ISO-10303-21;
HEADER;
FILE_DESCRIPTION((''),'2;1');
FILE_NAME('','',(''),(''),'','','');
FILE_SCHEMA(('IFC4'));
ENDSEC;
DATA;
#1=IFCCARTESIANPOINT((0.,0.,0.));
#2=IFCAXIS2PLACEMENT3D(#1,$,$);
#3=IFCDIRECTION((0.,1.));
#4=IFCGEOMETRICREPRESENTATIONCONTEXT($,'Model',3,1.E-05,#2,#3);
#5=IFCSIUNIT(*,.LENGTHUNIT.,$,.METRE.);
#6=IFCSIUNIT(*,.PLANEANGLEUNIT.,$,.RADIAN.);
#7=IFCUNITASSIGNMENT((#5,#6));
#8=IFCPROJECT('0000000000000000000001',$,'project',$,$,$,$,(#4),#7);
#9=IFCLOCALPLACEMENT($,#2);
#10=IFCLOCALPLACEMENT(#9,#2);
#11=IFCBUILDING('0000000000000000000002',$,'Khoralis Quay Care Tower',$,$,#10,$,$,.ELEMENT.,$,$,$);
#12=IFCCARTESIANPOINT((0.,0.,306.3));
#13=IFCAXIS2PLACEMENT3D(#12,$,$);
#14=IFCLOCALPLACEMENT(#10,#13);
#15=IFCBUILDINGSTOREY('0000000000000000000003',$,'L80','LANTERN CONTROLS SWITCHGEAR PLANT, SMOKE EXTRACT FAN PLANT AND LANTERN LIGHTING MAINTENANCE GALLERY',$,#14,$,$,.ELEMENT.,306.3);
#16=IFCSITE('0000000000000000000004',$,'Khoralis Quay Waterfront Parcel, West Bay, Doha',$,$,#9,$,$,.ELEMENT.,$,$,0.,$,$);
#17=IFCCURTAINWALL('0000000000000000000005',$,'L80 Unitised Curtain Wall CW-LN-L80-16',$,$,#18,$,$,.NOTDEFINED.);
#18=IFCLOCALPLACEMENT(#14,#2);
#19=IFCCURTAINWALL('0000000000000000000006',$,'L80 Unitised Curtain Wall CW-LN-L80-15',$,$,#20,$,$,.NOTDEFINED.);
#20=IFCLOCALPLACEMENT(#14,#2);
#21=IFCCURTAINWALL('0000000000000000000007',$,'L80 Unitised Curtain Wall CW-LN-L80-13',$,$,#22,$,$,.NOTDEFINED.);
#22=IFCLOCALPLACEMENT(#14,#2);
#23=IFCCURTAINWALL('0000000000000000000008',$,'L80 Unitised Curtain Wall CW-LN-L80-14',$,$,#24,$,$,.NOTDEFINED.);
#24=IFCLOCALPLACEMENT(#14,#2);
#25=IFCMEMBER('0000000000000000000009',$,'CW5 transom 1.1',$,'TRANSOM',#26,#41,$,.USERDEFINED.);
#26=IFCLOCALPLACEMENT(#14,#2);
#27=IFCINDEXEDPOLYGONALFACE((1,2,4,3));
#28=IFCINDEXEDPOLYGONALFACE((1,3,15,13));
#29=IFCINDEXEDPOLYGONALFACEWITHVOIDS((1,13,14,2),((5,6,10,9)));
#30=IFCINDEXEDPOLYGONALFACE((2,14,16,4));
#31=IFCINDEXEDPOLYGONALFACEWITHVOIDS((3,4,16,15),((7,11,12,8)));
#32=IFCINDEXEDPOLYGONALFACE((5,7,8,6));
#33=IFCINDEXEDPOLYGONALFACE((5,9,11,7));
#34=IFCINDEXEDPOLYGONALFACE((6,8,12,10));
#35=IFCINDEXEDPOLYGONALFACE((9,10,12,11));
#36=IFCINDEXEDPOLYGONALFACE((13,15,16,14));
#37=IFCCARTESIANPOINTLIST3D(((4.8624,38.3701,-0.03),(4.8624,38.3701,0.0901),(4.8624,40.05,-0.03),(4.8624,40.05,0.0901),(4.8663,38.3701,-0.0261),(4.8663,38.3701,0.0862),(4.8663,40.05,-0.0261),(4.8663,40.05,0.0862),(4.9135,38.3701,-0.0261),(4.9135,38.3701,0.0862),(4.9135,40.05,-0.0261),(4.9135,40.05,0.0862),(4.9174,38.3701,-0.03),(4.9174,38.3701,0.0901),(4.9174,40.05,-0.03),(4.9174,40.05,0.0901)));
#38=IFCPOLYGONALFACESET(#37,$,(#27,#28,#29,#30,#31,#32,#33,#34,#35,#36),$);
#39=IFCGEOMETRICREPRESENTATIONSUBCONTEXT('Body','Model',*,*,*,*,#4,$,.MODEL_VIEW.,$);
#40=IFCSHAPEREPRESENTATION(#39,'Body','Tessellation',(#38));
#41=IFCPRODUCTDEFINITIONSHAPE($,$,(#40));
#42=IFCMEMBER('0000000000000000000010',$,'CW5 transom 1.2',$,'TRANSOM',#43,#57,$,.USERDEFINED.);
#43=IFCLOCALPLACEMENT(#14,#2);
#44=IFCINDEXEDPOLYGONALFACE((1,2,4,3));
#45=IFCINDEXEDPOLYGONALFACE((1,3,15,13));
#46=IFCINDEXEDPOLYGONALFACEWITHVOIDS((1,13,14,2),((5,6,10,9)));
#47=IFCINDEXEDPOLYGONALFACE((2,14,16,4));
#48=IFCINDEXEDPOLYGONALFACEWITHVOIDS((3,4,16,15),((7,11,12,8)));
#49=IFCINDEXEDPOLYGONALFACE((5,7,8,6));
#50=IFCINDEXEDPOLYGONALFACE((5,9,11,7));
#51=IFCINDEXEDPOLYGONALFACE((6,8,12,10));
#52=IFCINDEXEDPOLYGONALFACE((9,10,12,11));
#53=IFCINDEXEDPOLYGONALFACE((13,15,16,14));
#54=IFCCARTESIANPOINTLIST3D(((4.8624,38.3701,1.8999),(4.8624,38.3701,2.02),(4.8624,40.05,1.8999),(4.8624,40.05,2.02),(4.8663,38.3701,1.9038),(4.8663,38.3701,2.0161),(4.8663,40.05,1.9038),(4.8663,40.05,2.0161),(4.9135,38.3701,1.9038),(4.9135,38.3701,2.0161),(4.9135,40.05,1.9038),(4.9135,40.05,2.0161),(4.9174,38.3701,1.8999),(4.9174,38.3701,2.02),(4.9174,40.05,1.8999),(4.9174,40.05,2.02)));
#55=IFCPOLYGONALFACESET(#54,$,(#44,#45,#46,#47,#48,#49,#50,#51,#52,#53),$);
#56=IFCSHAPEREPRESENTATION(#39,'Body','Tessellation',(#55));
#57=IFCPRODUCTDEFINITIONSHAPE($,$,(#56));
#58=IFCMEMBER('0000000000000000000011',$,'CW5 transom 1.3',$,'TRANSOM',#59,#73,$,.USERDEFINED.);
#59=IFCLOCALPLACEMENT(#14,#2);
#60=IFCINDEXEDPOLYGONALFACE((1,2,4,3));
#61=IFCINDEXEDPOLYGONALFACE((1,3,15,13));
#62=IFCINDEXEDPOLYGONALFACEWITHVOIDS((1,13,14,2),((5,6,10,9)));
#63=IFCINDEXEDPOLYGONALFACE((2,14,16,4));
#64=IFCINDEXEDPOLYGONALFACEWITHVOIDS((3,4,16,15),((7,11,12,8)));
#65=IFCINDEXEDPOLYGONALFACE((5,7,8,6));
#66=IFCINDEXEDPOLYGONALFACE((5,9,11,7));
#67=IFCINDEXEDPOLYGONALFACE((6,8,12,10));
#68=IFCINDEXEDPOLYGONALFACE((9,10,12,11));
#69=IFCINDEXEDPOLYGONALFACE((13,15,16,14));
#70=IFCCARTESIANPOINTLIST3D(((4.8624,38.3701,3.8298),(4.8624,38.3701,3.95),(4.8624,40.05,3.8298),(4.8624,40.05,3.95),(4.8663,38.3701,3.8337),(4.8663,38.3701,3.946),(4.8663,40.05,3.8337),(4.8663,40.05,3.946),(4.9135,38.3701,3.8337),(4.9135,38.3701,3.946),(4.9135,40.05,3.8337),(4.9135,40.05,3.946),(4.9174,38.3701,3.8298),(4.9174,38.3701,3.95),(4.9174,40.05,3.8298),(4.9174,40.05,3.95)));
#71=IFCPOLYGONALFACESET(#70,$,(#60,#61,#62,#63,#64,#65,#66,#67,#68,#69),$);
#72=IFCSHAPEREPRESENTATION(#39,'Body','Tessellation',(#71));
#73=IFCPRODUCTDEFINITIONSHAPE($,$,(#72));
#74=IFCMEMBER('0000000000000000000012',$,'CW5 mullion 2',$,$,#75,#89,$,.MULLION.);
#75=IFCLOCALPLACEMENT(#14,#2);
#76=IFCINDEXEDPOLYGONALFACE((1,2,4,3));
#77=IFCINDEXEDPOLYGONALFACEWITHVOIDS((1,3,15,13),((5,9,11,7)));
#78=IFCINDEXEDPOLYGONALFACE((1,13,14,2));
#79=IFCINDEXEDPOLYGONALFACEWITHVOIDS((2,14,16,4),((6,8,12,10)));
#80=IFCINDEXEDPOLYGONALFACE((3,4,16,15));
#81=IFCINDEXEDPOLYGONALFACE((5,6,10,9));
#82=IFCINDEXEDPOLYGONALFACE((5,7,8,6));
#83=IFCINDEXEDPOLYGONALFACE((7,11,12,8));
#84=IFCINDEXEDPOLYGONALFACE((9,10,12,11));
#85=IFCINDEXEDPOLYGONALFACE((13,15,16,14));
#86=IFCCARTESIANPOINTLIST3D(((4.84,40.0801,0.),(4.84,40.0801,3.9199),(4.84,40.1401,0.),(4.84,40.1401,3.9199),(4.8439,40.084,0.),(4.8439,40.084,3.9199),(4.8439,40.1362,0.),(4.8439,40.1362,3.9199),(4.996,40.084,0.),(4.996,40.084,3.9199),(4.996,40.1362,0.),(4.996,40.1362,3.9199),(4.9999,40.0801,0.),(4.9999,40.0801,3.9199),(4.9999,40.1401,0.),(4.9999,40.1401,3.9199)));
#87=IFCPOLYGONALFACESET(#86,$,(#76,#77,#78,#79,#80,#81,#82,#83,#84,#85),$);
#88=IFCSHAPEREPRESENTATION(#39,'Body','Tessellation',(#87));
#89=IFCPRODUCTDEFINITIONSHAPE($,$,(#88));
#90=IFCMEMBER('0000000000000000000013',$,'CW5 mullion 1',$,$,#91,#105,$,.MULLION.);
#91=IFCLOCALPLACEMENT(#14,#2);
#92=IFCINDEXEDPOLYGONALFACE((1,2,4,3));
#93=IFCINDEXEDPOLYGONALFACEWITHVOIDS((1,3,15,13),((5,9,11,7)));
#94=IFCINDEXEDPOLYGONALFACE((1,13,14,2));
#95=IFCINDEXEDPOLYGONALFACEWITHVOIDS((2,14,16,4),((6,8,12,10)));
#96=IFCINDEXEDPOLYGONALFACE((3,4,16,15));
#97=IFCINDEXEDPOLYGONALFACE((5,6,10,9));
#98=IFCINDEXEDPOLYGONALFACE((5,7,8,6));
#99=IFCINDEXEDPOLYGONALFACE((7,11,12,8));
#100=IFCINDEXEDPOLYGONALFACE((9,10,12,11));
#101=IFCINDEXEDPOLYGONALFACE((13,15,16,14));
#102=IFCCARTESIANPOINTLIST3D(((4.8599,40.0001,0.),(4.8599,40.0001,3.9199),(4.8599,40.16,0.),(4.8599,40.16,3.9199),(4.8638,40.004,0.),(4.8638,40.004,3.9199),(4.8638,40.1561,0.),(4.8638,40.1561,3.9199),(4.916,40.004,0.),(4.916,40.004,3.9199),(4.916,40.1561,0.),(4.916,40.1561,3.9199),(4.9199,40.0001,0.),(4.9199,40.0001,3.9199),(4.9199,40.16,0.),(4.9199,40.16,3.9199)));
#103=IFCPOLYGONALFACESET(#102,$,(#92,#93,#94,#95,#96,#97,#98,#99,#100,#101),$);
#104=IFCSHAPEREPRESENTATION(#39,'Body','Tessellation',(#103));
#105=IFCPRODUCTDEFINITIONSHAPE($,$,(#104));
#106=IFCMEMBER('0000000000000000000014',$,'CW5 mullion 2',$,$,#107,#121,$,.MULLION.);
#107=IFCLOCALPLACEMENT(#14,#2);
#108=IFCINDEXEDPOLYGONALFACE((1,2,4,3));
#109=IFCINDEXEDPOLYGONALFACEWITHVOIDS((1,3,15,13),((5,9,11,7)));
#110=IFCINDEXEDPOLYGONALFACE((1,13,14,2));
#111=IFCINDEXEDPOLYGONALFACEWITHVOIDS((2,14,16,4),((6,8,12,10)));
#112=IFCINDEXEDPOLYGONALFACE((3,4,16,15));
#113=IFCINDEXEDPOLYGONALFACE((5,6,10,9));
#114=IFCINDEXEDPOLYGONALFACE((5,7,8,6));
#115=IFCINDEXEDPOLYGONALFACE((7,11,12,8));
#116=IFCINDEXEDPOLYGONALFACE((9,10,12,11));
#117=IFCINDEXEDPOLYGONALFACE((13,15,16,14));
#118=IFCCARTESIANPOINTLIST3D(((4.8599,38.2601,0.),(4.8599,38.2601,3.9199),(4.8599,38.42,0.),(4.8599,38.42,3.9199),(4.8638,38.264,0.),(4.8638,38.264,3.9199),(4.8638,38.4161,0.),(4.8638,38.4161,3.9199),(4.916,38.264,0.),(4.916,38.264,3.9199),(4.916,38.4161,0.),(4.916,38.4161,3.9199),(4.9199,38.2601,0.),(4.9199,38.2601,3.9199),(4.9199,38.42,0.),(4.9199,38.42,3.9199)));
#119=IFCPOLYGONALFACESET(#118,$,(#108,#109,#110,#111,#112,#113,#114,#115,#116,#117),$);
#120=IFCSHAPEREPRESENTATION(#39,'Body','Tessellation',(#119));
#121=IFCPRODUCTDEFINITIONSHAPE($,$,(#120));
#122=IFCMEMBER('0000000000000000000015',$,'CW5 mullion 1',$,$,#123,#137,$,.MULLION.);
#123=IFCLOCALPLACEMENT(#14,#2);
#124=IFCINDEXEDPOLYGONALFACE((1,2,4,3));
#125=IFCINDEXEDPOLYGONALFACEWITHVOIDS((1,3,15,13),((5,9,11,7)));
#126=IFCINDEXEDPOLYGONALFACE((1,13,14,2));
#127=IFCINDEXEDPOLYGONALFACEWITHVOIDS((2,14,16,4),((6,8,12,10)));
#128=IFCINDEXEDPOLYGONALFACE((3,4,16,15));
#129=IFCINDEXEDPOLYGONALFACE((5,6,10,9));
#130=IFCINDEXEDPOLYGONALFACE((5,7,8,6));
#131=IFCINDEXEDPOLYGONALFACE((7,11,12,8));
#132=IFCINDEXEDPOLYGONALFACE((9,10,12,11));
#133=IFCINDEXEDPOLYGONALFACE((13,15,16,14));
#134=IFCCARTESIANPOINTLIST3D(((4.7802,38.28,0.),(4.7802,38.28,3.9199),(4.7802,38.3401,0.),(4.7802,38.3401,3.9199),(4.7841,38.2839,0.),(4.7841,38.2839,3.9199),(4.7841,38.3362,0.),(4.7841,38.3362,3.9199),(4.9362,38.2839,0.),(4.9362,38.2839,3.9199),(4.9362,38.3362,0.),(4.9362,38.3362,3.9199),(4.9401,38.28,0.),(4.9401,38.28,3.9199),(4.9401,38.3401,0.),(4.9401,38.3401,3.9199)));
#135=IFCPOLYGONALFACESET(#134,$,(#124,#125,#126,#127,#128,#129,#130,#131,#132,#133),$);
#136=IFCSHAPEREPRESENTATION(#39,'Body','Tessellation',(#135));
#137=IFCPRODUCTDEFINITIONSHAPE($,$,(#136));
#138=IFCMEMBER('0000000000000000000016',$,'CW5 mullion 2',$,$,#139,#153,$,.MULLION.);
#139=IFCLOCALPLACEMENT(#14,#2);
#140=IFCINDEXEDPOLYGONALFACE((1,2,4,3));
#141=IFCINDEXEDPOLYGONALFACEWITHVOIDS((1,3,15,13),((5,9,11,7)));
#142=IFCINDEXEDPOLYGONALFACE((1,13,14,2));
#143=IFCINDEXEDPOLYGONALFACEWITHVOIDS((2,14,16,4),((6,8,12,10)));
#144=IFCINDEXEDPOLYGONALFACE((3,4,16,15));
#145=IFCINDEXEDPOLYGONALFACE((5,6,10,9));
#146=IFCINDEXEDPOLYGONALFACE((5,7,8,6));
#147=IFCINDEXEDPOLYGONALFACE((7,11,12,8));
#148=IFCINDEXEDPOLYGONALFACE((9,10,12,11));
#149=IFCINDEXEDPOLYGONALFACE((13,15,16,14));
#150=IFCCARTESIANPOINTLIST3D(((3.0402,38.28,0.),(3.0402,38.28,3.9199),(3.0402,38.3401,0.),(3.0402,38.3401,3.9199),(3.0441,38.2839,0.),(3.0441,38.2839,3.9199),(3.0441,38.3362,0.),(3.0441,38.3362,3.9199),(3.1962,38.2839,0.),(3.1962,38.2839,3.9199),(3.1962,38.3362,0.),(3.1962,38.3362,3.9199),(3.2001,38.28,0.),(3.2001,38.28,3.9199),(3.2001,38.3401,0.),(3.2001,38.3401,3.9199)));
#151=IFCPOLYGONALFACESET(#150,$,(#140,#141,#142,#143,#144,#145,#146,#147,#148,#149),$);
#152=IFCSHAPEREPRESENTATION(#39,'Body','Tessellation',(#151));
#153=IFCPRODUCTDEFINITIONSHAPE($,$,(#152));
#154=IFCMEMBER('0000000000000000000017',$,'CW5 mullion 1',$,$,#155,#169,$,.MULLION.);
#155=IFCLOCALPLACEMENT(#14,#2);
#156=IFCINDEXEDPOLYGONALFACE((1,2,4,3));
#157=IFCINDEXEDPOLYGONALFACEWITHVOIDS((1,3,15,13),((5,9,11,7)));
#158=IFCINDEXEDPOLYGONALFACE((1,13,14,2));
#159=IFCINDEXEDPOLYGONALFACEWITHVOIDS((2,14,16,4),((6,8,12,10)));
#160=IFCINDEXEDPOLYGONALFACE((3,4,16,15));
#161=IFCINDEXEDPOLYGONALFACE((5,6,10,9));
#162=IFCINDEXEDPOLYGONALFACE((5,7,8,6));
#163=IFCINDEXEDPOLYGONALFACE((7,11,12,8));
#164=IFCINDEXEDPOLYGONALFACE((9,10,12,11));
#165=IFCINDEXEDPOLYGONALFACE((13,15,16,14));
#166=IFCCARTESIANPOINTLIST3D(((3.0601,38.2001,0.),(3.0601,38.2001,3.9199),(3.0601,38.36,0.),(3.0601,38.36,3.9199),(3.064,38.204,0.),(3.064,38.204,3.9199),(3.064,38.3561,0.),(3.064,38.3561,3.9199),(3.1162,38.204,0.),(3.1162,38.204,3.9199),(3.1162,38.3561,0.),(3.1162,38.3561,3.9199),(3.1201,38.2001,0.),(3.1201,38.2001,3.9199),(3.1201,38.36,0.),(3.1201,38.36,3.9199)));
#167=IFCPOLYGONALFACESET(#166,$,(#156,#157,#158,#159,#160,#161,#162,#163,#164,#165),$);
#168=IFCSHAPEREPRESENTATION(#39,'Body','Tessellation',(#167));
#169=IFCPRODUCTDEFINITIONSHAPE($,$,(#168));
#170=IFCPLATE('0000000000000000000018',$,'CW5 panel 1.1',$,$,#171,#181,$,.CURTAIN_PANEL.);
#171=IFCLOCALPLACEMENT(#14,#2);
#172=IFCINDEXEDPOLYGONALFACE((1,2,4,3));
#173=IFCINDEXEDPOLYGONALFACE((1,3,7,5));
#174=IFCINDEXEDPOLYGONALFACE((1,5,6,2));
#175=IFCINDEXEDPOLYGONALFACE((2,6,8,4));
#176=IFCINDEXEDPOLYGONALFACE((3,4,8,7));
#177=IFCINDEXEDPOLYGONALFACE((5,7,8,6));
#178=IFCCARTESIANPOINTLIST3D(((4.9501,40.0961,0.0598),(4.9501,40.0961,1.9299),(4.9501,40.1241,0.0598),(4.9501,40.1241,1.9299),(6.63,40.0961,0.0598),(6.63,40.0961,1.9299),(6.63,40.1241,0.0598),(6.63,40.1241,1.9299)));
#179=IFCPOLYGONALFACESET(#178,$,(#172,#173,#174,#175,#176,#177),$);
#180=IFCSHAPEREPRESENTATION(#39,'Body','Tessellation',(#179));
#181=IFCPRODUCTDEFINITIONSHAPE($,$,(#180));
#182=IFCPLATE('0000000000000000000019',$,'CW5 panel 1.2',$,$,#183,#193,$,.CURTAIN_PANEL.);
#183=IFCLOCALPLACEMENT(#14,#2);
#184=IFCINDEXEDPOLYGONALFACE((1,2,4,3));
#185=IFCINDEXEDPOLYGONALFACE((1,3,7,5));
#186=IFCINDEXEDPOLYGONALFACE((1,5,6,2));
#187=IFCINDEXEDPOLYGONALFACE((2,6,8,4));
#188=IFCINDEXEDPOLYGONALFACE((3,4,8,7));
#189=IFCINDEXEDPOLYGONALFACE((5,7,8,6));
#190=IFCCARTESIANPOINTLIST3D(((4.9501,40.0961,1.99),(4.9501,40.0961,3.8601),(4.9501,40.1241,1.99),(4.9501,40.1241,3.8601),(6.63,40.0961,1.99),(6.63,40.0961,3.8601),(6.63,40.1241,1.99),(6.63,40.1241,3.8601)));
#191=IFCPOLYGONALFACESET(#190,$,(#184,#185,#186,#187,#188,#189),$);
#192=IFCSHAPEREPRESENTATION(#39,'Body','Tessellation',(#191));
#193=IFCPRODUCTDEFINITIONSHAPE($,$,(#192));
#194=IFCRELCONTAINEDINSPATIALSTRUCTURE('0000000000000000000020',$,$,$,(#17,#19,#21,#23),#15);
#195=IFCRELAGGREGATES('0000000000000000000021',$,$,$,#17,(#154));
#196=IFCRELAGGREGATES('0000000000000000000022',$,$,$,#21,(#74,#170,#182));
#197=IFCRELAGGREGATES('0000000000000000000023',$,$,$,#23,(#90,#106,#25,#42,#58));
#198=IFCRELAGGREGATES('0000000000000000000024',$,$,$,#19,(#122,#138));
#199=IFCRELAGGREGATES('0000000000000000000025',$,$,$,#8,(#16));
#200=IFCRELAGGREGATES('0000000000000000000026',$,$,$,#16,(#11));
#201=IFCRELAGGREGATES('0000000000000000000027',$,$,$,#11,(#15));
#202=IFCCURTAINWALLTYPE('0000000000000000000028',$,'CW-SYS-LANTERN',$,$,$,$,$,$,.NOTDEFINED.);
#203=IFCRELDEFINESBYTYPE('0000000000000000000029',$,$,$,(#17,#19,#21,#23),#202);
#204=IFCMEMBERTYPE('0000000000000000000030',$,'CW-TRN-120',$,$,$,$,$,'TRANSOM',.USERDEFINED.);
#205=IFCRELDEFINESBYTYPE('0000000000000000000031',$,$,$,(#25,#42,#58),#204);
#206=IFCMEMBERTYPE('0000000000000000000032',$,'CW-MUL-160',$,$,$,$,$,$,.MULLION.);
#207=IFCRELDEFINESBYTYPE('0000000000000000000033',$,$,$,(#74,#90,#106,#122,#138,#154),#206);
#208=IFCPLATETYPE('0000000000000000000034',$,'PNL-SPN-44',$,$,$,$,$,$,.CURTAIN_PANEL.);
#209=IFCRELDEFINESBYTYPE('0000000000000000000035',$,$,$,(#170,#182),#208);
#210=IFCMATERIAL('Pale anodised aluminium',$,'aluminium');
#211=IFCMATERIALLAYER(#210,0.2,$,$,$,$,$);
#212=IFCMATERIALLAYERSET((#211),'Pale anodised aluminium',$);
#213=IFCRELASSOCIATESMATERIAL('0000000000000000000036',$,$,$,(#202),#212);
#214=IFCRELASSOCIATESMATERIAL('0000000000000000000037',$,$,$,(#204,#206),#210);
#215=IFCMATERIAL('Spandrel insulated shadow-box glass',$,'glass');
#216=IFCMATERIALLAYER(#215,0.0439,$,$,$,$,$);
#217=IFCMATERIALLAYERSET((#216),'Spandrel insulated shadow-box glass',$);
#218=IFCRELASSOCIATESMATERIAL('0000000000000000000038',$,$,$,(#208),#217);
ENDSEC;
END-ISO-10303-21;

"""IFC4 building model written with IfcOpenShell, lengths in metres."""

from ifc_helpers import new_model, si_unit, direction, frame, origin, origin_2d, place, context, subcontext, project, spatial, rectangle, hollow_rectangle, extrude, source, transform, mapped, material, layer, layer_set, material_profile, profile_set, type_object, element, aggregate, save


model = new_model("IFC4")

# Units and contexts
model_context = context("Model", 3, precision=1e-05, world=origin(), true_north=direction((0.0, 1.0)))
body_context = subcontext(model_context, "Body", "Model", "MODEL_VIEW")
ifc_project = project(units=[si_unit("LENGTHUNIT", "METRE"), si_unit("PLANEANGLEUNIT", "RADIAN")], contexts=[model_context])

# Site, building, storey
site_placement = place(None, origin())
site = spatial("IfcSite", under=ifc_project, at=site_placement, Name="Khoralis Quay Waterfront Parcel, West Bay, Doha", CompositionType="ELEMENT", RefElevation=0.0)
building_placement = place(site_placement, origin())
building = spatial("IfcBuilding", under=site, at=building_placement, Name="Khoralis Quay Care Tower", CompositionType="ELEMENT")
storey_placement = place(building_placement, frame((0.0, 0.0, 306.3)))
storey = spatial("IfcBuildingStorey", under=building, at=storey_placement, Name="L80", Description="LANTERN CONTROLS SWITCHGEAR PLANT, SMOKE EXTRACT FAN PLANT AND LANTERN LIGHTING MAINTENANCE GALLERY", CompositionType="ELEMENT", Elevation=306.3)

# Curtain walls, members
ifc_material_1 = material(Name="Pale anodised aluminium", Category="aluminium")
ifc_layer_1 = layer(ifc_material_1, 0.2)
ifc_layer_set_1 = layer_set([ifc_layer_1], Name="Pale anodised aluminium")
curtain_wall_type = type_object("IfcCurtainWallType", Name="CW-SYS-LANTERN", PredefinedType="NOTDEFINED", material=ifc_layer_set_1)
curtain_wall_1_placement = place(storey_placement, origin())
curtain_wall_1 = element("IfcCurtainWall", 1, at=curtain_wall_1_placement, inside=storey, type_object=curtain_wall_type, Name="L80 Unitised Curtain Wall CW-LN-L80-16", PredefinedType="NOTDEFINED")
ifc_material_profile_1 = material_profile(ifc_material_1, hollow_rectangle(XDim=0.0549, YDim=0.1201, WallThickness=0.0039, at=origin_2d()), Name="Pale anodised aluminium")
ifc_profile_set_1 = profile_set([ifc_material_profile_1], Name="Pale anodised aluminium")
member_type_1 = type_object("IfcMemberType", Name="CW-TRN-120", ElementType="TRANSOM", PredefinedType="USERDEFINED", material=ifc_profile_set_1)
curtain_wall_2_placement = place(storey_placement, origin())
curtain_wall_2 = element("IfcCurtainWall", 2, at=curtain_wall_2_placement, inside=storey, type_object=curtain_wall_type, Name="L80 Unitised Curtain Wall CW-LN-L80-15", PredefinedType="NOTDEFINED")
curtain_wall_3_placement = place(storey_placement, origin())
curtain_wall_3 = element("IfcCurtainWall", 3, at=curtain_wall_3_placement, inside=storey, type_object=curtain_wall_type, Name="L80 Unitised Curtain Wall CW-LN-L80-13", PredefinedType="NOTDEFINED")
shared_shape_1 = source(origin(), body_context, "Body", "SweptSolid", [
    extrude(hollow_rectangle(XDim=0.0549, YDim=0.1201, WallThickness=0.0039, at=origin_2d()), origin(), (0.0, 0.0, 1.0), 1.6799),
])
curtain_wall_4_placement = place(storey_placement, origin())
curtain_wall_4 = element("IfcCurtainWall", 4, at=curtain_wall_4_placement, inside=storey, type_object=curtain_wall_type, Name="L80 Unitised Curtain Wall CW-LN-L80-14", PredefinedType="NOTDEFINED")
member_1_placement = place(storey_placement, frame((4.8899, 40.05, 0.03), z_axis=(0.0, -1.0, 0.0), x_axis=(1.0, 0.0, 0.0)))
member_1 = element("IfcMember", 5, at=member_1_placement, type_object=member_type_1, Name="CW5 transom 1.1", ObjectType="TRANSOM", PredefinedType="USERDEFINED", context=body_context, shape_type="MappedRepresentation", body=[
    mapped(shared_shape_1, transform((0.0, 0.0, 0.0), scale=1.0)),
])
member_2_placement = place(storey_placement, frame((4.8899, 40.05, 1.96), z_axis=(0.0, -1.0, 0.0), x_axis=(1.0, 0.0, 0.0)))
member_2 = element("IfcMember", 6, at=member_2_placement, type_object=member_type_1, Name="CW5 transom 1.2", ObjectType="TRANSOM", PredefinedType="USERDEFINED", context=body_context, shape_type="MappedRepresentation", body=[
    mapped(shared_shape_1, transform((0.0, 0.0, 0.0), scale=1.0)),
])
member_3_placement = place(storey_placement, frame((4.8899, 40.05, 3.8899), z_axis=(0.0, -1.0, 0.0), x_axis=(1.0, 0.0, 0.0)))
member_3 = element("IfcMember", 7, at=member_3_placement, type_object=member_type_1, Name="CW5 transom 1.3", ObjectType="TRANSOM", PredefinedType="USERDEFINED", context=body_context, shape_type="MappedRepresentation", body=[
    mapped(shared_shape_1, transform((0.0, 0.0, 0.0), scale=1.0)),
])

# Members
ifc_material_profile_2 = material_profile(ifc_material_1, hollow_rectangle(XDim=0.0601, YDim=0.1599, WallThickness=0.0039, at=origin_2d()), Name="Pale anodised aluminium")
ifc_profile_set_2 = profile_set([ifc_material_profile_2], Name="Pale anodised aluminium")
member_type_2 = type_object("IfcMemberType", Name="CW-MUL-160", PredefinedType="MULLION", material=ifc_profile_set_2)
shared_shape_2 = source(origin(), body_context, "Body", "SweptSolid", [
    extrude(hollow_rectangle(XDim=0.0601, YDim=0.1599, WallThickness=0.0039, at=origin_2d()), origin(), (0.0, 0.0, 1.0), 3.9199),
])
member_4_placement = place(storey_placement, frame((4.9199, 40.1101, 0.0), z_axis=(0.0, 0.0, 1.0), x_axis=(0.0, -1.0, 0.0)))
member_4 = element("IfcMember", 8, at=member_4_placement, type_object=member_type_2, Name="CW5 mullion 2", PredefinedType="MULLION", context=body_context, shape_type="MappedRepresentation", body=[
    mapped(shared_shape_2, transform((0.0, 0.0, 0.0), scale=1.0)),
])
member_5_placement = place(storey_placement, frame((4.8899, 40.0801, 0.0), z_axis=(0.0, 0.0, 1.0), x_axis=(1.0, 0.0, 0.0)))
member_5 = element("IfcMember", 9, at=member_5_placement, type_object=member_type_2, Name="CW5 mullion 1", PredefinedType="MULLION", context=body_context, shape_type="MappedRepresentation", body=[
    mapped(shared_shape_2, transform((0.0, 0.0, 0.0), scale=1.0)),
])
member_6_placement = place(storey_placement, frame((4.8899, 38.3401, 0.0), z_axis=(0.0, 0.0, 1.0), x_axis=(1.0, 0.0, 0.0)))
member_6 = element("IfcMember", 10, at=member_6_placement, type_object=member_type_2, Name="CW5 mullion 2", PredefinedType="MULLION", context=body_context, shape_type="MappedRepresentation", body=[
    mapped(shared_shape_2, transform((0.0, 0.0, 0.0), scale=1.0)),
])
member_7_placement = place(storey_placement, frame((4.8601, 38.3101, 0.0), z_axis=(0.0, 0.0, 1.0), x_axis=(0.0, -1.0, 0.0)))
member_7 = element("IfcMember", 11, at=member_7_placement, type_object=member_type_2, Name="CW5 mullion 1", PredefinedType="MULLION", context=body_context, shape_type="MappedRepresentation", body=[
    mapped(shared_shape_2, transform((0.0, 0.0, 0.0), scale=1.0)),
])
member_8_placement = place(storey_placement, frame((3.1201, 38.3101, 0.0), z_axis=(0.0, 0.0, 1.0), x_axis=(0.0, -1.0, 0.0)))
member_8 = element("IfcMember", 12, at=member_8_placement, type_object=member_type_2, Name="CW5 mullion 2", PredefinedType="MULLION", context=body_context, shape_type="MappedRepresentation", body=[
    mapped(shared_shape_2, transform((0.0, 0.0, 0.0), scale=1.0)),
])
member_9_placement = place(storey_placement, frame((3.0901, 38.28, 0.0), z_axis=(0.0, 0.0, 1.0), x_axis=(1.0, 0.0, 0.0)))
member_9 = element("IfcMember", 13, at=member_9_placement, type_object=member_type_2, Name="CW5 mullion 1", PredefinedType="MULLION", context=body_context, shape_type="MappedRepresentation", body=[
    mapped(shared_shape_2, transform((0.0, 0.0, 0.0), scale=1.0)),
])
aggregate(curtain_wall_1, [member_9])

# Plates
ifc_material_2 = material(Name="Spandrel insulated shadow-box glass", Category="glass")
ifc_layer_2 = layer(ifc_material_2, 0.0439)
ifc_layer_set_2 = layer_set([ifc_layer_2], Name="Spandrel insulated shadow-box glass")
plate_type = type_object("IfcPlateType", Name="PNL-SPN-44", PredefinedType="CURTAIN_PANEL", material=ifc_layer_set_2)
shared_shape_3 = source(origin(), body_context, "Body", "SweptSolid", [
    extrude(rectangle(XDim=1.6799, YDim=0.0281, at=origin_2d()), origin(), (0.0, 0.0, 1.0), 1.8701),
])
plate_1_placement = place(storey_placement, frame((5.79, 40.1101, 0.0598), z_axis=(0.0, 0.0, 1.0), x_axis=(-1.0, 0.0, 0.0)))
plate_1 = element("IfcPlate", 14, at=plate_1_placement, type_object=plate_type, Name="CW5 panel 1.1", PredefinedType="CURTAIN_PANEL", context=body_context, shape_type="MappedRepresentation", body=[
    mapped(shared_shape_3, transform((0.0, 0.0, 0.0), scale=1.0)),
])
plate_2_placement = place(storey_placement, frame((5.79, 40.1101, 1.99), z_axis=(0.0, 0.0, 1.0), x_axis=(-1.0, 0.0, 0.0)))
plate_2 = element("IfcPlate", 15, at=plate_2_placement, type_object=plate_type, Name="CW5 panel 1.2", PredefinedType="CURTAIN_PANEL", context=body_context, shape_type="MappedRepresentation", body=[
    mapped(shared_shape_3, transform((0.0, 0.0, 0.0), scale=1.0)),
])
aggregate(curtain_wall_3, [member_4, plate_1, plate_2])
aggregate(curtain_wall_4, [member_5, member_6, member_1, member_2, member_3])
aggregate(curtain_wall_2, [member_7, member_8])

save(model, "model.ifc")
